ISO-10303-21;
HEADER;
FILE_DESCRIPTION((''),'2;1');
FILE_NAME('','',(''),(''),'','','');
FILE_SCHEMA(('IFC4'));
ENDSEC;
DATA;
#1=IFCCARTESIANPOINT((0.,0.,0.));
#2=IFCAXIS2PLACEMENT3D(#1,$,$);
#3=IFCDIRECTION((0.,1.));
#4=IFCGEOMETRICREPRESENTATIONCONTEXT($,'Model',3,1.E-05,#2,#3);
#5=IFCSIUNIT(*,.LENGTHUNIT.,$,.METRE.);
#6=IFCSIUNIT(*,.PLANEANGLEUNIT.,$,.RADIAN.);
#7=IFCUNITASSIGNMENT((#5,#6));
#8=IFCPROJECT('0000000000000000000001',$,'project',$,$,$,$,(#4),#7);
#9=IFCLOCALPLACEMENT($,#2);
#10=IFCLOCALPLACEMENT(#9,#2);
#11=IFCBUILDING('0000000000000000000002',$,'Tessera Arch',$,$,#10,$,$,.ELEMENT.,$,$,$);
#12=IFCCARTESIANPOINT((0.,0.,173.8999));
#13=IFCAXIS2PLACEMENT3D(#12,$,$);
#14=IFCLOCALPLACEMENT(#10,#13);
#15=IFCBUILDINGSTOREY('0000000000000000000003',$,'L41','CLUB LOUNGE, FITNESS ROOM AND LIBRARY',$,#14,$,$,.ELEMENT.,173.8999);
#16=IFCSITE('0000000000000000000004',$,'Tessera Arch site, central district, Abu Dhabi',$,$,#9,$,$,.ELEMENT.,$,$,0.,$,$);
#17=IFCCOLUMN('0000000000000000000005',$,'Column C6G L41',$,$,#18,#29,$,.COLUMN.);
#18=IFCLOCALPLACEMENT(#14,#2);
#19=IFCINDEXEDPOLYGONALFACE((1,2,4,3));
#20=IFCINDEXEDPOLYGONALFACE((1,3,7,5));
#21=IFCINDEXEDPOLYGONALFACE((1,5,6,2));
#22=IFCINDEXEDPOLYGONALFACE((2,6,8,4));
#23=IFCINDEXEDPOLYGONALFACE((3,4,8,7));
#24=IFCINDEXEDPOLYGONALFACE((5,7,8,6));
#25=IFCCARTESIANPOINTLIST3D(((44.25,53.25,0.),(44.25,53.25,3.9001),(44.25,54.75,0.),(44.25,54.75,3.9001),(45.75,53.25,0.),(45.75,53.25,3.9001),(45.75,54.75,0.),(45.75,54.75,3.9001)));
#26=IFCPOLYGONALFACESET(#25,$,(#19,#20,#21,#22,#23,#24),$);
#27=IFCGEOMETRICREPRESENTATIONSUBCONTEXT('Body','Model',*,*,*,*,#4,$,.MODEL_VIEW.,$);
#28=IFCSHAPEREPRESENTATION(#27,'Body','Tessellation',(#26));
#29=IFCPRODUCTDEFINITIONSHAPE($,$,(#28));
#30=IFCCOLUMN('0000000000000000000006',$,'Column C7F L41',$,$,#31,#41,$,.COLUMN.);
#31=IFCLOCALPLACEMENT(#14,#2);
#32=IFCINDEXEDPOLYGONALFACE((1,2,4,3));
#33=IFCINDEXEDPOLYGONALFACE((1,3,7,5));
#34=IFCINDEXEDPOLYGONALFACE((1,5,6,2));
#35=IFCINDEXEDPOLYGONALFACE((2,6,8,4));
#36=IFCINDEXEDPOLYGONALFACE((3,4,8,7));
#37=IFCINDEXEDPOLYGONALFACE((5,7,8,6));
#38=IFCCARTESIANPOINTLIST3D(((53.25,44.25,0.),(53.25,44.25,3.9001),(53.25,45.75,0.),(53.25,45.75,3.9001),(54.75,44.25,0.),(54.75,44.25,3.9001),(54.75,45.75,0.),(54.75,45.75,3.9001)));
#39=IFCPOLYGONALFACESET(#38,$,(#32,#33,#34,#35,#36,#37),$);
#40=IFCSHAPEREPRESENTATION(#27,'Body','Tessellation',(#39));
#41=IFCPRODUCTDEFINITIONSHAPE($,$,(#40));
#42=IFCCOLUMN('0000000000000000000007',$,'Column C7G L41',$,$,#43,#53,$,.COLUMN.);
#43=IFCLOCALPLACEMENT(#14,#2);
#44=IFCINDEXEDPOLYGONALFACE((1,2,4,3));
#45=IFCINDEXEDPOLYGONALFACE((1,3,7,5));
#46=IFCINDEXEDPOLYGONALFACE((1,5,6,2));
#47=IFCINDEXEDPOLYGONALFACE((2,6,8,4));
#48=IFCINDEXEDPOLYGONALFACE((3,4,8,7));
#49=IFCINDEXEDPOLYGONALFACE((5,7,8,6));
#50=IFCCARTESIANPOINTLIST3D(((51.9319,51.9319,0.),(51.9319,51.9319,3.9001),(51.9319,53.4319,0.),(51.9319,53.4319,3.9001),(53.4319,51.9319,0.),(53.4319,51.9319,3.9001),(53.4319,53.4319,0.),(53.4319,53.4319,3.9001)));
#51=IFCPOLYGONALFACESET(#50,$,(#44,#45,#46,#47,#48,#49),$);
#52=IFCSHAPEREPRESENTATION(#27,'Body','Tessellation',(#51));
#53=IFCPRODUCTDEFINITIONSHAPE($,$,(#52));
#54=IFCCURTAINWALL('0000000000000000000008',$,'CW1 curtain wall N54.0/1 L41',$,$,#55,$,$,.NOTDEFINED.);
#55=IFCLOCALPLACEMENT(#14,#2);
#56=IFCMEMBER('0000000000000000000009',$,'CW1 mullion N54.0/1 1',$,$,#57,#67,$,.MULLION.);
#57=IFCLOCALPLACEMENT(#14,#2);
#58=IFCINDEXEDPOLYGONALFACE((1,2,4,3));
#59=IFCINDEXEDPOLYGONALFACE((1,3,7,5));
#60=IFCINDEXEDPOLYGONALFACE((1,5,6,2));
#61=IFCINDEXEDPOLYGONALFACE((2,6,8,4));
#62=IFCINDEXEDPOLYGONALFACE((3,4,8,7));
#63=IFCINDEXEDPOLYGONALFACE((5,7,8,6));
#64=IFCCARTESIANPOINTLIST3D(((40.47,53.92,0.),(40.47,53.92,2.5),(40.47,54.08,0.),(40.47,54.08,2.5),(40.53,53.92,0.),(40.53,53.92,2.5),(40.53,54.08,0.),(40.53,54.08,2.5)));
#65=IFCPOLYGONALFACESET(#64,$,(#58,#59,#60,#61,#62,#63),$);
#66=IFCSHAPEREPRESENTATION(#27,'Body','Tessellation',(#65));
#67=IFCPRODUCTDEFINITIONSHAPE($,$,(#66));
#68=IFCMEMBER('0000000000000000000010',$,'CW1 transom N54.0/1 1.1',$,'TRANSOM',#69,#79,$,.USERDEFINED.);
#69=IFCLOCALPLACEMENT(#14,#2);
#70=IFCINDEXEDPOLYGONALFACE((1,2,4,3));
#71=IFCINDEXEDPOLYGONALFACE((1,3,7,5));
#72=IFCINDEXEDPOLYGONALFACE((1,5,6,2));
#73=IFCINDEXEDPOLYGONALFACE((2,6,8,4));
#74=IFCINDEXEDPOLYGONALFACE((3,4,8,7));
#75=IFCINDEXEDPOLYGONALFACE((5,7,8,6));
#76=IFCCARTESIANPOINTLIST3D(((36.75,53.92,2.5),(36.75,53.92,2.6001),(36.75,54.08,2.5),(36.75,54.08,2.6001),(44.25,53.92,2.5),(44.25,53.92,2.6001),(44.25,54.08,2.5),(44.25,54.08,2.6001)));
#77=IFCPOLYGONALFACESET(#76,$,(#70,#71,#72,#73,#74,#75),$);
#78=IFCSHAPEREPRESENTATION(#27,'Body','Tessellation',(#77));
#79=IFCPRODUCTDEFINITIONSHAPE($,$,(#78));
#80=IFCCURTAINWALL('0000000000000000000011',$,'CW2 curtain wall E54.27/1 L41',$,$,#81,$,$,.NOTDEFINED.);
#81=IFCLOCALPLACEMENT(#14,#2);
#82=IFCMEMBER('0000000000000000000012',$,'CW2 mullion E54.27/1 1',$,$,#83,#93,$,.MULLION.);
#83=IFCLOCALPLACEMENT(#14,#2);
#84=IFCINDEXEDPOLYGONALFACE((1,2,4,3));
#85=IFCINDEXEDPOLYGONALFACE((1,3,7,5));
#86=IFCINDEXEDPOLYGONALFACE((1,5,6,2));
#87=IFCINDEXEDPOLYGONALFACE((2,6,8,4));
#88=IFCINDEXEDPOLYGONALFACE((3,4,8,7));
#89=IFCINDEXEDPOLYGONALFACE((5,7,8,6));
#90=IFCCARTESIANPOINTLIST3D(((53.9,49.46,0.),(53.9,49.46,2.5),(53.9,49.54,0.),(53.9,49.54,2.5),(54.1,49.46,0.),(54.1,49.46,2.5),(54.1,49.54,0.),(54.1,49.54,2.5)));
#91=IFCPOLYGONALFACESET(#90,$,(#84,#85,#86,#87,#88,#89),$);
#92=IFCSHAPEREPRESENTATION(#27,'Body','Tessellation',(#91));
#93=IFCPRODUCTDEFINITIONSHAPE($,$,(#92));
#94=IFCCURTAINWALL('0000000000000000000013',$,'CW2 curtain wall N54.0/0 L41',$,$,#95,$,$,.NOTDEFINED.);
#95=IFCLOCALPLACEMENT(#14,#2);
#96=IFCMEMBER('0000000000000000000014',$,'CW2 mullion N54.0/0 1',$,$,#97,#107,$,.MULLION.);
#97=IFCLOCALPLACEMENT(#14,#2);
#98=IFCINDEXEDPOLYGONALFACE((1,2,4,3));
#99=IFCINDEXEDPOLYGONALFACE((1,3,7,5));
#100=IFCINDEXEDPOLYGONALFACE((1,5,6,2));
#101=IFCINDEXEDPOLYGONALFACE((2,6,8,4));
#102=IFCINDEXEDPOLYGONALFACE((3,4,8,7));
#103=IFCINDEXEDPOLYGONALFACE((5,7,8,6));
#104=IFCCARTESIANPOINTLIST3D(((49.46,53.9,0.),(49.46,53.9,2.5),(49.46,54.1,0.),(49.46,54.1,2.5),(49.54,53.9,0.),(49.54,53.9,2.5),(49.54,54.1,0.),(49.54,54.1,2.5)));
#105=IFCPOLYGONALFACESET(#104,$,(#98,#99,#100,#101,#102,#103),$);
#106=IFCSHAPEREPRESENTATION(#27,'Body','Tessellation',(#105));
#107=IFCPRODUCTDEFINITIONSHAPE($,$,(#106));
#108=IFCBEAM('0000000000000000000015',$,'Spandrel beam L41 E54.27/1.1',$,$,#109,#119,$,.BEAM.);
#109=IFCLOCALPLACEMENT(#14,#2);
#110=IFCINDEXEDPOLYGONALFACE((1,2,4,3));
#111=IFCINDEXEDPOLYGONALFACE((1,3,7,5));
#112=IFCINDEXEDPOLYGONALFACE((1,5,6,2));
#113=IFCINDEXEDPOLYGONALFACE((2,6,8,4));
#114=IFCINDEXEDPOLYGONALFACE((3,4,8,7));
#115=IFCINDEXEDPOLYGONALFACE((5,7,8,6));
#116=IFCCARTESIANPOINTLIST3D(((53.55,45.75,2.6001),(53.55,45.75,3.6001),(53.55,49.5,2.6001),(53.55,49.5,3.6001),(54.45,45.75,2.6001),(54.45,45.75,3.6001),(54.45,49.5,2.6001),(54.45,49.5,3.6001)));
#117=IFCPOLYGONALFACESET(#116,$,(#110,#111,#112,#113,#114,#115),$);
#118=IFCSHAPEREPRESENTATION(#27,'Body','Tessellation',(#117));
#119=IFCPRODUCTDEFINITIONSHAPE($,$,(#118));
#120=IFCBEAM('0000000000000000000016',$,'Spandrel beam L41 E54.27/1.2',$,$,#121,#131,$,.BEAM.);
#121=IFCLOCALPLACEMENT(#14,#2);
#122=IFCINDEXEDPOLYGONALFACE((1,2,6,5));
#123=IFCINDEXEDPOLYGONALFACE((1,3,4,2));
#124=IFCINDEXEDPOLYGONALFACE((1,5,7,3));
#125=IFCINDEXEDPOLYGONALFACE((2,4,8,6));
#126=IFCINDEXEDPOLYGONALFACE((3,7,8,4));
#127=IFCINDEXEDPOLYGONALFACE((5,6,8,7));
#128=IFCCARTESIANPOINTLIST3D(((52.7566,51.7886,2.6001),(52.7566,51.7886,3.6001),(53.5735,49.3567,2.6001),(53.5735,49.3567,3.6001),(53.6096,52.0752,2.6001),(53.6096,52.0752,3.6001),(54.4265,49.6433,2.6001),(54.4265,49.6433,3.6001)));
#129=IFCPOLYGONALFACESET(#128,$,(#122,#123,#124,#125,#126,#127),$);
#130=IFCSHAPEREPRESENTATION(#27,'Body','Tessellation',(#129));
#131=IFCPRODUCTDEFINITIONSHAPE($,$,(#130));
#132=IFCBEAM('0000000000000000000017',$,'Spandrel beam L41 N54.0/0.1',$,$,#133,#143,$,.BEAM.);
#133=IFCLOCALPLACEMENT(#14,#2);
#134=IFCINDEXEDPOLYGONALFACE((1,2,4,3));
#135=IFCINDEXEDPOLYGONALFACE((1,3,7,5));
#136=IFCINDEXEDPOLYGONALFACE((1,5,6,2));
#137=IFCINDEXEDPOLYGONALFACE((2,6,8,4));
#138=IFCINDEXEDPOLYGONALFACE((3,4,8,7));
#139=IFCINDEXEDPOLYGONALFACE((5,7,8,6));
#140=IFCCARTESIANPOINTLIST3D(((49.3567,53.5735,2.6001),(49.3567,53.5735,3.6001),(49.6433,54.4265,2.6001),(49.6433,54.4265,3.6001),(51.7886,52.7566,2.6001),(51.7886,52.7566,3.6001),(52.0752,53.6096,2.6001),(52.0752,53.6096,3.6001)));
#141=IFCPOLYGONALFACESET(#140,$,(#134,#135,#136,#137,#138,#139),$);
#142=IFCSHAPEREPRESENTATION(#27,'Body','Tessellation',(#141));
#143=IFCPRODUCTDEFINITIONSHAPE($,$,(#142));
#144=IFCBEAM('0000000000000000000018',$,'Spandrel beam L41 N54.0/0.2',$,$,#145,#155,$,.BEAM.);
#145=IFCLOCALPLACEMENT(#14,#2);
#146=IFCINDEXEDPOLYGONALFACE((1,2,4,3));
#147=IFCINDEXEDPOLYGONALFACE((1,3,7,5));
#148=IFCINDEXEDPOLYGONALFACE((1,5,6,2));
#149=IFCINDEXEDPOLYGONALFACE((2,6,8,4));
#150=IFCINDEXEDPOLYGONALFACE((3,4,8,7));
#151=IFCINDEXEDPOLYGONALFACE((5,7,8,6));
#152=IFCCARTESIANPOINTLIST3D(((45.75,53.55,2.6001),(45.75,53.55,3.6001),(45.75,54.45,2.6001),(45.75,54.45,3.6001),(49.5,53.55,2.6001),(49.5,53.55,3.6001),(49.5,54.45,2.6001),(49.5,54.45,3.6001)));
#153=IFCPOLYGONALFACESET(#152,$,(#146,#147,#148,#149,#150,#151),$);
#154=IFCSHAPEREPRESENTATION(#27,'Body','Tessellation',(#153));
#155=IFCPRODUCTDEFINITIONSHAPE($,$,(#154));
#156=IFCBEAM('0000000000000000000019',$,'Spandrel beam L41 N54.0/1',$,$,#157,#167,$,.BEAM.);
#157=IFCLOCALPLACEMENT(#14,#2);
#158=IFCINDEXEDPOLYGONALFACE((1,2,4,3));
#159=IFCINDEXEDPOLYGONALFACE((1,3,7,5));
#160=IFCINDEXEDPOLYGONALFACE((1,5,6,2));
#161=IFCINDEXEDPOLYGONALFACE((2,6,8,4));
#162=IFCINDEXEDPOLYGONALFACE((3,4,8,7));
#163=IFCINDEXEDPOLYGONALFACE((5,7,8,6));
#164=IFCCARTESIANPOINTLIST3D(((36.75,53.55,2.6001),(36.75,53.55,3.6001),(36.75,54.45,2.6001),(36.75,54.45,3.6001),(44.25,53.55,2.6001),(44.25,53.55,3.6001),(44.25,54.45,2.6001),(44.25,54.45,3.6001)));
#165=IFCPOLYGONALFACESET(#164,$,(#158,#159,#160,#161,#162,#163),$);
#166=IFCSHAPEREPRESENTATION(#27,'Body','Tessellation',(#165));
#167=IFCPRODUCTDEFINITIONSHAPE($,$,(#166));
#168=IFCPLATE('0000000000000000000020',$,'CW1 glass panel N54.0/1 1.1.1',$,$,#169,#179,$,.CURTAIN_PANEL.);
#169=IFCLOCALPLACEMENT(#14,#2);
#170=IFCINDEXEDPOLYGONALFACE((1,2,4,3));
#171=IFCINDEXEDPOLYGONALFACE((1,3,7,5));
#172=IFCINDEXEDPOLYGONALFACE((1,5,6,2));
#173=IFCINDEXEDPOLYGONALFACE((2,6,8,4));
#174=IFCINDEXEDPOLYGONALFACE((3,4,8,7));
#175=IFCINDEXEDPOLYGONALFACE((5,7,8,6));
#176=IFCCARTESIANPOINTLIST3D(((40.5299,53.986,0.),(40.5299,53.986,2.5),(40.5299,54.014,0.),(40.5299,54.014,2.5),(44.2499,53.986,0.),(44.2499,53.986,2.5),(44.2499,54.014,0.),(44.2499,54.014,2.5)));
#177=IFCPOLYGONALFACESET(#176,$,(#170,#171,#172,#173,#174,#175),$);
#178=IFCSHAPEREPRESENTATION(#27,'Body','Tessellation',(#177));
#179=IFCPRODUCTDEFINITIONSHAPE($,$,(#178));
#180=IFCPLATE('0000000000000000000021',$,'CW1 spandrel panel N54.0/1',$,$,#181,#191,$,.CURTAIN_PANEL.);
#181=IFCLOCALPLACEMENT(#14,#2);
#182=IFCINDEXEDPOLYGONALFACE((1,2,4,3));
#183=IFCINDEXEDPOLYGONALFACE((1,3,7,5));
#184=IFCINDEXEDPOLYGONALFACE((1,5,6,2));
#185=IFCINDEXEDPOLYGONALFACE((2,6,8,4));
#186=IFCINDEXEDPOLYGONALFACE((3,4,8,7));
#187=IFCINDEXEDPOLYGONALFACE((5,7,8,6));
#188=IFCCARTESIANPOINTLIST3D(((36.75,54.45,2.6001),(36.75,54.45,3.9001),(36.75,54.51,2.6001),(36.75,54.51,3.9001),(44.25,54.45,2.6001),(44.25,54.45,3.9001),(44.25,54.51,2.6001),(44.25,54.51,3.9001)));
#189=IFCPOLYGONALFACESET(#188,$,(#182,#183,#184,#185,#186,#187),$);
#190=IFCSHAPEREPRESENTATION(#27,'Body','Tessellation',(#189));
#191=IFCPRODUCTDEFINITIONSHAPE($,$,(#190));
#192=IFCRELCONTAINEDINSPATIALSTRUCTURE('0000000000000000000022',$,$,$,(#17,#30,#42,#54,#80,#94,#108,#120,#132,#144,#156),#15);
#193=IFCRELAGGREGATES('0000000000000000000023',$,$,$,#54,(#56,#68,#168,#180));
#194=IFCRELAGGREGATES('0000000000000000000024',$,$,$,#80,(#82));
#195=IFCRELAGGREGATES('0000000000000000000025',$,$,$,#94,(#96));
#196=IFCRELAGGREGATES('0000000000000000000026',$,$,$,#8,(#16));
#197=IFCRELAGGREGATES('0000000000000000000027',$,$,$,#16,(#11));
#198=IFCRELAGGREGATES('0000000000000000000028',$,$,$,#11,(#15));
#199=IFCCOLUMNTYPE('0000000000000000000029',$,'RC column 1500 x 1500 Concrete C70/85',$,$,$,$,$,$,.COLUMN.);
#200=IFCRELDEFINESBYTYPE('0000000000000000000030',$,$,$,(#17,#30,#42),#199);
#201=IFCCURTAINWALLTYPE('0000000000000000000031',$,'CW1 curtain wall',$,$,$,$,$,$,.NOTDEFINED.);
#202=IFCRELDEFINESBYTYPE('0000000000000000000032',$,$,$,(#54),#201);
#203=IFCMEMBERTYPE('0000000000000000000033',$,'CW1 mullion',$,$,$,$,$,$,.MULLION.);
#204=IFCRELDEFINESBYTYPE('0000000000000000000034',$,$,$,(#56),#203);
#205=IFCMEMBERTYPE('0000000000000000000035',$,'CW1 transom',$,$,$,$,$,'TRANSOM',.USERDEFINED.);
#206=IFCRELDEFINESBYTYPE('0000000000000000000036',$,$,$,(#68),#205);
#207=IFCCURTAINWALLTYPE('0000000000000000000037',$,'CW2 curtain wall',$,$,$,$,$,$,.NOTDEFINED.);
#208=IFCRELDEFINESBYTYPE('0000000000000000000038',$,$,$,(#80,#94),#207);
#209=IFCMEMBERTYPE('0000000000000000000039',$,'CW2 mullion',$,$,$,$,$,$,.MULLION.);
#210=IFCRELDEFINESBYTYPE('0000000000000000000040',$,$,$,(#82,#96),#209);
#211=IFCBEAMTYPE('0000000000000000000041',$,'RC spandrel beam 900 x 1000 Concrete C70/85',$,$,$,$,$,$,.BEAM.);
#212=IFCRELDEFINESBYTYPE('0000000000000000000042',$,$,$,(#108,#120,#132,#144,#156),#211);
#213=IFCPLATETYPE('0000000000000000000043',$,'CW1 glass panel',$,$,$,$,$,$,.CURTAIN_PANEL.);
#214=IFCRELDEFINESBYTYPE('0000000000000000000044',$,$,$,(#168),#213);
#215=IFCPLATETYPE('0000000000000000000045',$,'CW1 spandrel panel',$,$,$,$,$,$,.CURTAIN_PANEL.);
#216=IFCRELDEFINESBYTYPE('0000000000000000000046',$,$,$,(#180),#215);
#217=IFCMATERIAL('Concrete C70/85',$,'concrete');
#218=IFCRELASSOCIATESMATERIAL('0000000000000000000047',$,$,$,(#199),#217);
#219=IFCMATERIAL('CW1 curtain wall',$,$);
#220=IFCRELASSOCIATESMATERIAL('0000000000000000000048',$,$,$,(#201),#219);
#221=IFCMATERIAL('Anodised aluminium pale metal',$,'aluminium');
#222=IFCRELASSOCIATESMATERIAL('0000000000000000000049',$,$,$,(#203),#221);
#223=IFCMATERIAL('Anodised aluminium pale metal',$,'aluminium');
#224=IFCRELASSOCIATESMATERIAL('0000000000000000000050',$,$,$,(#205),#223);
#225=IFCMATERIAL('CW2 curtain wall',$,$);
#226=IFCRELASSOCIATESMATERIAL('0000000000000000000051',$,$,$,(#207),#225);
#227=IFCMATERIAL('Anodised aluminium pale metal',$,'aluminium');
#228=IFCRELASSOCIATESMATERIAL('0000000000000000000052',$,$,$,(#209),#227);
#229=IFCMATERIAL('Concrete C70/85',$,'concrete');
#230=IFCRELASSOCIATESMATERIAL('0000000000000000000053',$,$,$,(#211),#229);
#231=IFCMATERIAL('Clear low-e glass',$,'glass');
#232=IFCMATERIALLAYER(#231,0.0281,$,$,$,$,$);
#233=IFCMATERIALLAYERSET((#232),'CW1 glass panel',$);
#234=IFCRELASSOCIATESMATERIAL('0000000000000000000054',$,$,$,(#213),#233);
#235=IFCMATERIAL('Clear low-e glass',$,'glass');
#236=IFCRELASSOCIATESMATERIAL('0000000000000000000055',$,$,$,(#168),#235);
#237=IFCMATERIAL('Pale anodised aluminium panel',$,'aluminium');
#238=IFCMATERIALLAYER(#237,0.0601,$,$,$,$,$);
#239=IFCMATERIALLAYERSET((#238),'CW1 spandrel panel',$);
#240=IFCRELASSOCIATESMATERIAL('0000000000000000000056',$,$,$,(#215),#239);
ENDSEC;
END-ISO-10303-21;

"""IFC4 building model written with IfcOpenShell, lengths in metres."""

from ifc_helpers import new_model, si_unit, direction, frame, origin, origin_2d, place, context, subcontext, project, spatial, rectangle, extrude, material, layer, layer_set, material_profile, profile_set, type_object, element, aggregate, save


model = new_model("IFC4")

# Units and contexts
model_context = context("Model", 3, precision=1e-05, world=origin(), true_north=direction((0.0, 1.0)))
body_context = subcontext(model_context, "Body", "Model", "MODEL_VIEW")
ifc_project = project(units=[si_unit("LENGTHUNIT", "METRE"), si_unit("PLANEANGLEUNIT", "RADIAN")], contexts=[model_context])

# Site, building, storey
site_placement = place(None, origin())
site = spatial("IfcSite", under=ifc_project, at=site_placement, Name="Tessera Arch site, central district, Abu Dhabi", CompositionType="ELEMENT", RefElevation=0.0)
building_placement = place(site_placement, origin())
building = spatial("IfcBuilding", under=site, at=building_placement, Name="Tessera Arch", CompositionType="ELEMENT")
storey_placement = place(building_placement, frame((0.0, 0.0, 173.8999)))
storey = spatial("IfcBuildingStorey", under=building, at=storey_placement, Name="L41", Description="CLUB LOUNGE, FITNESS ROOM AND LIBRARY", CompositionType="ELEMENT", Elevation=173.8999)

# Columns
ifc_material_1 = material(Name="Concrete C70/85", Category="concrete")
ifc_material_profile_1 = material_profile(ifc_material_1, rectangle(XDim=1.5, YDim=1.5, at=origin_2d()), Name="RC column 1500 x 1500 Concrete C70/85")
ifc_profile_set_1 = profile_set([ifc_material_profile_1], Name="Concrete C70/85")
column_type = type_object("IfcColumnType", Name="RC column 1500 x 1500 Concrete C70/85", PredefinedType="COLUMN", material=ifc_profile_set_1)
for number, where, z_axis, x_axis, name in (
    (1, (45.0, 54.0, 0.0), (0.0, 0.0, 1.0), (1.0, 0.0, 0.0), "Column C6G L41"),
    (2, (54.0, 45.0, 0.0), (0.0, 0.0, 1.0), (1.0, 0.0, 0.0), "Column C7F L41"),
    (3, (52.6819, 52.6819, 0.0), (0.0, 0.0, 1.0), (1.0, 0.0, 0.0), "Column C7G L41"),
):
    element("IfcColumn", number, at=place(storey_placement, frame(where, z_axis=z_axis, x_axis=x_axis)), inside=storey, type_object=column_type, Name=name, PredefinedType="COLUMN", context=body_context, shape_type="SweptSolid", body=[
        extrude(rectangle(XDim=1.5, YDim=1.5, at=origin_2d()), origin(), (0.0, 0.0, 1.0), 3.9001),
    ])

# Curtain wall, members
ifc_material_2 = material(Name="CW1 curtain wall")
curtain_wall_type_1 = type_object("IfcCurtainWallType", Name="CW1 curtain wall", PredefinedType="NOTDEFINED", material=ifc_material_2)
curtain_wall_1_placement = place(storey_placement, origin())
curtain_wall_1 = element("IfcCurtainWall", 4, at=curtain_wall_1_placement, inside=storey, type_object=curtain_wall_type_1, Name="CW1 curtain wall N54.0/1 L41", PredefinedType="NOTDEFINED")
ifc_material_3 = material(Name="Anodised aluminium pale metal", Category="aluminium")
ifc_material_profile_2 = material_profile(ifc_material_3, rectangle(XDim=0.1599, YDim=0.0601, at=origin_2d()), Name="AL 60x160")
ifc_profile_set_2 = profile_set([ifc_material_profile_2], Name="Anodised aluminium pale metal")
member_type_1 = type_object("IfcMemberType", Name="CW1 mullion", PredefinedType="MULLION", material=ifc_profile_set_2)
member_1_placement = place(storey_placement, frame((40.5, 54.0, 0.0), z_axis=(0.0, 0.0, 1.0), x_axis=(0.0, -1.0, 0.0)))
member_1 = element("IfcMember", 5, at=member_1_placement, type_object=member_type_1, Name="CW1 mullion N54.0/1 1", PredefinedType="MULLION", context=body_context, shape_type="SweptSolid", body=[
    extrude(rectangle(XDim=0.1599, YDim=0.0601, at=origin_2d()), origin(), (0.0, 0.0, 1.0), 2.5),
])
ifc_material_4 = material(Name="Anodised aluminium pale metal", Category="aluminium")
ifc_material_profile_3 = material_profile(ifc_material_4, rectangle(XDim=0.1599, YDim=0.1001, at=origin_2d()), Name="AL 160x100")
ifc_profile_set_3 = profile_set([ifc_material_profile_3], Name="Anodised aluminium pale metal")
member_type_2 = type_object("IfcMemberType", Name="CW1 transom", ElementType="TRANSOM", PredefinedType="USERDEFINED", material=ifc_profile_set_3)
member_2_placement = place(storey_placement, frame((44.25, 54.0, 2.55), z_axis=(-1.0, 0.0, 0.0), x_axis=(0.0, -1.0, 0.0)))
member_2 = element("IfcMember", 6, at=member_2_placement, type_object=member_type_2, Name="CW1 transom N54.0/1 1.1", ObjectType="TRANSOM", PredefinedType="USERDEFINED", context=body_context, shape_type="SweptSolid", body=[
    extrude(rectangle(XDim=0.1599, YDim=0.1001, at=origin_2d()), origin(), (0.0, 0.0, 1.0), 7.5),
])

# Curtain walls, members
ifc_material_5 = material(Name="CW2 curtain wall")
curtain_wall_type_2 = type_object("IfcCurtainWallType", Name="CW2 curtain wall", PredefinedType="NOTDEFINED", material=ifc_material_5)
curtain_wall_2_placement = place(storey_placement, origin())
curtain_wall_2 = element("IfcCurtainWall", 7, at=curtain_wall_2_placement, inside=storey, type_object=curtain_wall_type_2, Name="CW2 curtain wall E54.27/1 L41", PredefinedType="NOTDEFINED")
ifc_material_6 = material(Name="Anodised aluminium pale metal", Category="aluminium")
ifc_material_profile_4 = material_profile(ifc_material_6, rectangle(XDim=0.2, YDim=0.0801, at=origin_2d()), Name="AL 80x200")
ifc_profile_set_4 = profile_set([ifc_material_profile_4], Name="Anodised aluminium pale metal")
member_type_3 = type_object("IfcMemberType", Name="CW2 mullion", PredefinedType="MULLION", material=ifc_profile_set_4)
member_3_placement = place(storey_placement, frame((54.0, 49.5, 0.0), z_axis=(0.0, 0.0, 1.0), x_axis=(-1.0, 0.0, 0.0)))
member_3 = element("IfcMember", 8, at=member_3_placement, type_object=member_type_3, Name="CW2 mullion E54.27/1 1", PredefinedType="MULLION", context=body_context, shape_type="SweptSolid", body=[
    extrude(rectangle(XDim=0.2, YDim=0.0801, at=origin_2d()), origin(), (0.0, 0.0, 1.0), 2.5),
])
curtain_wall_3_placement = place(storey_placement, origin())
curtain_wall_3 = element("IfcCurtainWall", 9, at=curtain_wall_3_placement, inside=storey, type_object=curtain_wall_type_2, Name="CW2 curtain wall N54.0/0 L41", PredefinedType="NOTDEFINED")
member_4_placement = place(storey_placement, frame((49.5, 54.0, 0.0), z_axis=(0.0, 0.0, 1.0), x_axis=(0.0, -1.0, 0.0)))
member_4 = element("IfcMember", 10, at=member_4_placement, type_object=member_type_3, Name="CW2 mullion N54.0/0 1", PredefinedType="MULLION", context=body_context, shape_type="SweptSolid", body=[
    extrude(rectangle(XDim=0.2, YDim=0.0801, at=origin_2d()), origin(), (0.0, 0.0, 1.0), 2.5),
])

# Beams
ifc_material_7 = material(Name="Concrete C70/85", Category="concrete")
ifc_material_profile_5 = material_profile(ifc_material_7, rectangle(XDim=0.8999, YDim=1.0, at=origin_2d()), Name="RC spandrel beam 900 x 1000 Concrete C70/85")
ifc_profile_set_5 = profile_set([ifc_material_profile_5], Name="Concrete C70/85")
beam_type = type_object("IfcBeamType", Name="RC spandrel beam 900 x 1000 Concrete C70/85", PredefinedType="BEAM", material=ifc_profile_set_5)
beam_1_placement = place(storey_placement, frame((54.0, 45.75, 3.1001), z_axis=(0.0, 1.0, 0.0), x_axis=(-1.0, 0.0, 0.0)))
element("IfcBeam", 11, at=beam_1_placement, inside=storey, type_object=beam_type, Name="Spandrel beam L41 E54.27/1.1", PredefinedType="BEAM", context=body_context, shape_type="SweptSolid", body=[
    extrude(rectangle(XDim=0.8999, YDim=1.0, at=origin_2d()), origin(), (0.0, 0.0, 1.0), 3.75),
])
for number, where, z_axis, x_axis, name in (
    (12, (54.0, 49.5, 3.1001), (-0.318425, 0.947948, 0.0), (-0.947948, -0.318425, 0.0), "Spandrel beam L41 E54.27/1.2"),
    (13, (51.9319, 53.1831, 3.1001), (-0.947948, 0.318425, 0.0), (-0.318425, -0.947948, 0.0), "Spandrel beam L41 N54.0/0.1"),
):
    element("IfcBeam", number, at=place(storey_placement, frame(where, z_axis=z_axis, x_axis=x_axis)), inside=storey, type_object=beam_type, Name=name, PredefinedType="BEAM", context=body_context, shape_type="SweptSolid", body=[
        extrude(rectangle(XDim=0.8999, YDim=1.0, at=origin_2d()), origin(), (0.0, 0.0, 1.0), 2.5654),
    ])
beam_2_placement = place(storey_placement, frame((49.5, 54.0, 3.1001), z_axis=(-1.0, 0.0, 0.0), x_axis=(0.0, -1.0, 0.0)))
element("IfcBeam", 14, at=beam_2_placement, inside=storey, type_object=beam_type, Name="Spandrel beam L41 N54.0/0.2", PredefinedType="BEAM", context=body_context, shape_type="SweptSolid", body=[
    extrude(rectangle(XDim=0.8999, YDim=1.0, at=origin_2d()), origin(), (0.0, 0.0, 1.0), 3.75),
])
beam_3_placement = place(storey_placement, frame((44.25, 54.0, 3.1001), z_axis=(-1.0, 0.0, 0.0), x_axis=(0.0, -1.0, 0.0)))
element("IfcBeam", 15, at=beam_3_placement, inside=storey, type_object=beam_type, Name="Spandrel beam L41 N54.0/1", PredefinedType="BEAM", context=body_context, shape_type="SweptSolid", body=[
    extrude(rectangle(XDim=0.8999, YDim=1.0, at=origin_2d()), origin(), (0.0, 0.0, 1.0), 7.5),
])

# Plates
ifc_material_8 = material(Name="Clear low-e glass", Category="glass")
ifc_material_9 = material(Name="Clear low-e glass", Category="glass")
ifc_layer_1 = layer(ifc_material_9, 0.0281)
ifc_layer_set_1 = layer_set([ifc_layer_1], Name="CW1 glass panel")
plate_type_1 = type_object("IfcPlateType", Name="CW1 glass panel", PredefinedType="CURTAIN_PANEL", material=ifc_layer_set_1)
plate_1_placement = place(storey_placement, frame((42.3899, 54.0, 0.0), z_axis=(0.0, 0.0, 1.0), x_axis=(-1.0, 0.0, 0.0)))
plate_1 = element("IfcPlate", 16, at=plate_1_placement, type_object=plate_type_1, material=ifc_material_8, Name="CW1 glass panel N54.0/1 1.1.1", PredefinedType="CURTAIN_PANEL", context=body_context, shape_type="SweptSolid", body=[
    extrude(rectangle(XDim=3.72, YDim=0.0281, at=origin_2d()), origin(), (0.0, 0.0, 1.0), 2.5),
])
ifc_material_10 = material(Name="Pale anodised aluminium panel", Category="aluminium")
ifc_layer_2 = layer(ifc_material_10, 0.0601)
ifc_layer_set_2 = layer_set([ifc_layer_2], Name="CW1 spandrel panel")
plate_type_2 = type_object("IfcPlateType", Name="CW1 spandrel panel", PredefinedType="CURTAIN_PANEL", material=ifc_layer_set_2)
plate_2_placement = place(storey_placement, frame((40.5, 54.48, 2.6001), z_axis=(0.0, 0.0, 1.0), x_axis=(-1.0, 0.0, 0.0)))
plate_2 = element("IfcPlate", 17, at=plate_2_placement, type_object=plate_type_2, Name="CW1 spandrel panel N54.0/1", PredefinedType="CURTAIN_PANEL", context=body_context, shape_type="SweptSolid", body=[
    extrude(rectangle(XDim=7.5, YDim=0.0601, at=origin_2d()), origin(), (0.0, 0.0, 1.0), 1.3),
])
aggregate(curtain_wall_1, [member_1, member_2, plate_1, plate_2])
aggregate(curtain_wall_2, [member_3])
aggregate(curtain_wall_3, [member_4])

save(model, "model.ifc")
